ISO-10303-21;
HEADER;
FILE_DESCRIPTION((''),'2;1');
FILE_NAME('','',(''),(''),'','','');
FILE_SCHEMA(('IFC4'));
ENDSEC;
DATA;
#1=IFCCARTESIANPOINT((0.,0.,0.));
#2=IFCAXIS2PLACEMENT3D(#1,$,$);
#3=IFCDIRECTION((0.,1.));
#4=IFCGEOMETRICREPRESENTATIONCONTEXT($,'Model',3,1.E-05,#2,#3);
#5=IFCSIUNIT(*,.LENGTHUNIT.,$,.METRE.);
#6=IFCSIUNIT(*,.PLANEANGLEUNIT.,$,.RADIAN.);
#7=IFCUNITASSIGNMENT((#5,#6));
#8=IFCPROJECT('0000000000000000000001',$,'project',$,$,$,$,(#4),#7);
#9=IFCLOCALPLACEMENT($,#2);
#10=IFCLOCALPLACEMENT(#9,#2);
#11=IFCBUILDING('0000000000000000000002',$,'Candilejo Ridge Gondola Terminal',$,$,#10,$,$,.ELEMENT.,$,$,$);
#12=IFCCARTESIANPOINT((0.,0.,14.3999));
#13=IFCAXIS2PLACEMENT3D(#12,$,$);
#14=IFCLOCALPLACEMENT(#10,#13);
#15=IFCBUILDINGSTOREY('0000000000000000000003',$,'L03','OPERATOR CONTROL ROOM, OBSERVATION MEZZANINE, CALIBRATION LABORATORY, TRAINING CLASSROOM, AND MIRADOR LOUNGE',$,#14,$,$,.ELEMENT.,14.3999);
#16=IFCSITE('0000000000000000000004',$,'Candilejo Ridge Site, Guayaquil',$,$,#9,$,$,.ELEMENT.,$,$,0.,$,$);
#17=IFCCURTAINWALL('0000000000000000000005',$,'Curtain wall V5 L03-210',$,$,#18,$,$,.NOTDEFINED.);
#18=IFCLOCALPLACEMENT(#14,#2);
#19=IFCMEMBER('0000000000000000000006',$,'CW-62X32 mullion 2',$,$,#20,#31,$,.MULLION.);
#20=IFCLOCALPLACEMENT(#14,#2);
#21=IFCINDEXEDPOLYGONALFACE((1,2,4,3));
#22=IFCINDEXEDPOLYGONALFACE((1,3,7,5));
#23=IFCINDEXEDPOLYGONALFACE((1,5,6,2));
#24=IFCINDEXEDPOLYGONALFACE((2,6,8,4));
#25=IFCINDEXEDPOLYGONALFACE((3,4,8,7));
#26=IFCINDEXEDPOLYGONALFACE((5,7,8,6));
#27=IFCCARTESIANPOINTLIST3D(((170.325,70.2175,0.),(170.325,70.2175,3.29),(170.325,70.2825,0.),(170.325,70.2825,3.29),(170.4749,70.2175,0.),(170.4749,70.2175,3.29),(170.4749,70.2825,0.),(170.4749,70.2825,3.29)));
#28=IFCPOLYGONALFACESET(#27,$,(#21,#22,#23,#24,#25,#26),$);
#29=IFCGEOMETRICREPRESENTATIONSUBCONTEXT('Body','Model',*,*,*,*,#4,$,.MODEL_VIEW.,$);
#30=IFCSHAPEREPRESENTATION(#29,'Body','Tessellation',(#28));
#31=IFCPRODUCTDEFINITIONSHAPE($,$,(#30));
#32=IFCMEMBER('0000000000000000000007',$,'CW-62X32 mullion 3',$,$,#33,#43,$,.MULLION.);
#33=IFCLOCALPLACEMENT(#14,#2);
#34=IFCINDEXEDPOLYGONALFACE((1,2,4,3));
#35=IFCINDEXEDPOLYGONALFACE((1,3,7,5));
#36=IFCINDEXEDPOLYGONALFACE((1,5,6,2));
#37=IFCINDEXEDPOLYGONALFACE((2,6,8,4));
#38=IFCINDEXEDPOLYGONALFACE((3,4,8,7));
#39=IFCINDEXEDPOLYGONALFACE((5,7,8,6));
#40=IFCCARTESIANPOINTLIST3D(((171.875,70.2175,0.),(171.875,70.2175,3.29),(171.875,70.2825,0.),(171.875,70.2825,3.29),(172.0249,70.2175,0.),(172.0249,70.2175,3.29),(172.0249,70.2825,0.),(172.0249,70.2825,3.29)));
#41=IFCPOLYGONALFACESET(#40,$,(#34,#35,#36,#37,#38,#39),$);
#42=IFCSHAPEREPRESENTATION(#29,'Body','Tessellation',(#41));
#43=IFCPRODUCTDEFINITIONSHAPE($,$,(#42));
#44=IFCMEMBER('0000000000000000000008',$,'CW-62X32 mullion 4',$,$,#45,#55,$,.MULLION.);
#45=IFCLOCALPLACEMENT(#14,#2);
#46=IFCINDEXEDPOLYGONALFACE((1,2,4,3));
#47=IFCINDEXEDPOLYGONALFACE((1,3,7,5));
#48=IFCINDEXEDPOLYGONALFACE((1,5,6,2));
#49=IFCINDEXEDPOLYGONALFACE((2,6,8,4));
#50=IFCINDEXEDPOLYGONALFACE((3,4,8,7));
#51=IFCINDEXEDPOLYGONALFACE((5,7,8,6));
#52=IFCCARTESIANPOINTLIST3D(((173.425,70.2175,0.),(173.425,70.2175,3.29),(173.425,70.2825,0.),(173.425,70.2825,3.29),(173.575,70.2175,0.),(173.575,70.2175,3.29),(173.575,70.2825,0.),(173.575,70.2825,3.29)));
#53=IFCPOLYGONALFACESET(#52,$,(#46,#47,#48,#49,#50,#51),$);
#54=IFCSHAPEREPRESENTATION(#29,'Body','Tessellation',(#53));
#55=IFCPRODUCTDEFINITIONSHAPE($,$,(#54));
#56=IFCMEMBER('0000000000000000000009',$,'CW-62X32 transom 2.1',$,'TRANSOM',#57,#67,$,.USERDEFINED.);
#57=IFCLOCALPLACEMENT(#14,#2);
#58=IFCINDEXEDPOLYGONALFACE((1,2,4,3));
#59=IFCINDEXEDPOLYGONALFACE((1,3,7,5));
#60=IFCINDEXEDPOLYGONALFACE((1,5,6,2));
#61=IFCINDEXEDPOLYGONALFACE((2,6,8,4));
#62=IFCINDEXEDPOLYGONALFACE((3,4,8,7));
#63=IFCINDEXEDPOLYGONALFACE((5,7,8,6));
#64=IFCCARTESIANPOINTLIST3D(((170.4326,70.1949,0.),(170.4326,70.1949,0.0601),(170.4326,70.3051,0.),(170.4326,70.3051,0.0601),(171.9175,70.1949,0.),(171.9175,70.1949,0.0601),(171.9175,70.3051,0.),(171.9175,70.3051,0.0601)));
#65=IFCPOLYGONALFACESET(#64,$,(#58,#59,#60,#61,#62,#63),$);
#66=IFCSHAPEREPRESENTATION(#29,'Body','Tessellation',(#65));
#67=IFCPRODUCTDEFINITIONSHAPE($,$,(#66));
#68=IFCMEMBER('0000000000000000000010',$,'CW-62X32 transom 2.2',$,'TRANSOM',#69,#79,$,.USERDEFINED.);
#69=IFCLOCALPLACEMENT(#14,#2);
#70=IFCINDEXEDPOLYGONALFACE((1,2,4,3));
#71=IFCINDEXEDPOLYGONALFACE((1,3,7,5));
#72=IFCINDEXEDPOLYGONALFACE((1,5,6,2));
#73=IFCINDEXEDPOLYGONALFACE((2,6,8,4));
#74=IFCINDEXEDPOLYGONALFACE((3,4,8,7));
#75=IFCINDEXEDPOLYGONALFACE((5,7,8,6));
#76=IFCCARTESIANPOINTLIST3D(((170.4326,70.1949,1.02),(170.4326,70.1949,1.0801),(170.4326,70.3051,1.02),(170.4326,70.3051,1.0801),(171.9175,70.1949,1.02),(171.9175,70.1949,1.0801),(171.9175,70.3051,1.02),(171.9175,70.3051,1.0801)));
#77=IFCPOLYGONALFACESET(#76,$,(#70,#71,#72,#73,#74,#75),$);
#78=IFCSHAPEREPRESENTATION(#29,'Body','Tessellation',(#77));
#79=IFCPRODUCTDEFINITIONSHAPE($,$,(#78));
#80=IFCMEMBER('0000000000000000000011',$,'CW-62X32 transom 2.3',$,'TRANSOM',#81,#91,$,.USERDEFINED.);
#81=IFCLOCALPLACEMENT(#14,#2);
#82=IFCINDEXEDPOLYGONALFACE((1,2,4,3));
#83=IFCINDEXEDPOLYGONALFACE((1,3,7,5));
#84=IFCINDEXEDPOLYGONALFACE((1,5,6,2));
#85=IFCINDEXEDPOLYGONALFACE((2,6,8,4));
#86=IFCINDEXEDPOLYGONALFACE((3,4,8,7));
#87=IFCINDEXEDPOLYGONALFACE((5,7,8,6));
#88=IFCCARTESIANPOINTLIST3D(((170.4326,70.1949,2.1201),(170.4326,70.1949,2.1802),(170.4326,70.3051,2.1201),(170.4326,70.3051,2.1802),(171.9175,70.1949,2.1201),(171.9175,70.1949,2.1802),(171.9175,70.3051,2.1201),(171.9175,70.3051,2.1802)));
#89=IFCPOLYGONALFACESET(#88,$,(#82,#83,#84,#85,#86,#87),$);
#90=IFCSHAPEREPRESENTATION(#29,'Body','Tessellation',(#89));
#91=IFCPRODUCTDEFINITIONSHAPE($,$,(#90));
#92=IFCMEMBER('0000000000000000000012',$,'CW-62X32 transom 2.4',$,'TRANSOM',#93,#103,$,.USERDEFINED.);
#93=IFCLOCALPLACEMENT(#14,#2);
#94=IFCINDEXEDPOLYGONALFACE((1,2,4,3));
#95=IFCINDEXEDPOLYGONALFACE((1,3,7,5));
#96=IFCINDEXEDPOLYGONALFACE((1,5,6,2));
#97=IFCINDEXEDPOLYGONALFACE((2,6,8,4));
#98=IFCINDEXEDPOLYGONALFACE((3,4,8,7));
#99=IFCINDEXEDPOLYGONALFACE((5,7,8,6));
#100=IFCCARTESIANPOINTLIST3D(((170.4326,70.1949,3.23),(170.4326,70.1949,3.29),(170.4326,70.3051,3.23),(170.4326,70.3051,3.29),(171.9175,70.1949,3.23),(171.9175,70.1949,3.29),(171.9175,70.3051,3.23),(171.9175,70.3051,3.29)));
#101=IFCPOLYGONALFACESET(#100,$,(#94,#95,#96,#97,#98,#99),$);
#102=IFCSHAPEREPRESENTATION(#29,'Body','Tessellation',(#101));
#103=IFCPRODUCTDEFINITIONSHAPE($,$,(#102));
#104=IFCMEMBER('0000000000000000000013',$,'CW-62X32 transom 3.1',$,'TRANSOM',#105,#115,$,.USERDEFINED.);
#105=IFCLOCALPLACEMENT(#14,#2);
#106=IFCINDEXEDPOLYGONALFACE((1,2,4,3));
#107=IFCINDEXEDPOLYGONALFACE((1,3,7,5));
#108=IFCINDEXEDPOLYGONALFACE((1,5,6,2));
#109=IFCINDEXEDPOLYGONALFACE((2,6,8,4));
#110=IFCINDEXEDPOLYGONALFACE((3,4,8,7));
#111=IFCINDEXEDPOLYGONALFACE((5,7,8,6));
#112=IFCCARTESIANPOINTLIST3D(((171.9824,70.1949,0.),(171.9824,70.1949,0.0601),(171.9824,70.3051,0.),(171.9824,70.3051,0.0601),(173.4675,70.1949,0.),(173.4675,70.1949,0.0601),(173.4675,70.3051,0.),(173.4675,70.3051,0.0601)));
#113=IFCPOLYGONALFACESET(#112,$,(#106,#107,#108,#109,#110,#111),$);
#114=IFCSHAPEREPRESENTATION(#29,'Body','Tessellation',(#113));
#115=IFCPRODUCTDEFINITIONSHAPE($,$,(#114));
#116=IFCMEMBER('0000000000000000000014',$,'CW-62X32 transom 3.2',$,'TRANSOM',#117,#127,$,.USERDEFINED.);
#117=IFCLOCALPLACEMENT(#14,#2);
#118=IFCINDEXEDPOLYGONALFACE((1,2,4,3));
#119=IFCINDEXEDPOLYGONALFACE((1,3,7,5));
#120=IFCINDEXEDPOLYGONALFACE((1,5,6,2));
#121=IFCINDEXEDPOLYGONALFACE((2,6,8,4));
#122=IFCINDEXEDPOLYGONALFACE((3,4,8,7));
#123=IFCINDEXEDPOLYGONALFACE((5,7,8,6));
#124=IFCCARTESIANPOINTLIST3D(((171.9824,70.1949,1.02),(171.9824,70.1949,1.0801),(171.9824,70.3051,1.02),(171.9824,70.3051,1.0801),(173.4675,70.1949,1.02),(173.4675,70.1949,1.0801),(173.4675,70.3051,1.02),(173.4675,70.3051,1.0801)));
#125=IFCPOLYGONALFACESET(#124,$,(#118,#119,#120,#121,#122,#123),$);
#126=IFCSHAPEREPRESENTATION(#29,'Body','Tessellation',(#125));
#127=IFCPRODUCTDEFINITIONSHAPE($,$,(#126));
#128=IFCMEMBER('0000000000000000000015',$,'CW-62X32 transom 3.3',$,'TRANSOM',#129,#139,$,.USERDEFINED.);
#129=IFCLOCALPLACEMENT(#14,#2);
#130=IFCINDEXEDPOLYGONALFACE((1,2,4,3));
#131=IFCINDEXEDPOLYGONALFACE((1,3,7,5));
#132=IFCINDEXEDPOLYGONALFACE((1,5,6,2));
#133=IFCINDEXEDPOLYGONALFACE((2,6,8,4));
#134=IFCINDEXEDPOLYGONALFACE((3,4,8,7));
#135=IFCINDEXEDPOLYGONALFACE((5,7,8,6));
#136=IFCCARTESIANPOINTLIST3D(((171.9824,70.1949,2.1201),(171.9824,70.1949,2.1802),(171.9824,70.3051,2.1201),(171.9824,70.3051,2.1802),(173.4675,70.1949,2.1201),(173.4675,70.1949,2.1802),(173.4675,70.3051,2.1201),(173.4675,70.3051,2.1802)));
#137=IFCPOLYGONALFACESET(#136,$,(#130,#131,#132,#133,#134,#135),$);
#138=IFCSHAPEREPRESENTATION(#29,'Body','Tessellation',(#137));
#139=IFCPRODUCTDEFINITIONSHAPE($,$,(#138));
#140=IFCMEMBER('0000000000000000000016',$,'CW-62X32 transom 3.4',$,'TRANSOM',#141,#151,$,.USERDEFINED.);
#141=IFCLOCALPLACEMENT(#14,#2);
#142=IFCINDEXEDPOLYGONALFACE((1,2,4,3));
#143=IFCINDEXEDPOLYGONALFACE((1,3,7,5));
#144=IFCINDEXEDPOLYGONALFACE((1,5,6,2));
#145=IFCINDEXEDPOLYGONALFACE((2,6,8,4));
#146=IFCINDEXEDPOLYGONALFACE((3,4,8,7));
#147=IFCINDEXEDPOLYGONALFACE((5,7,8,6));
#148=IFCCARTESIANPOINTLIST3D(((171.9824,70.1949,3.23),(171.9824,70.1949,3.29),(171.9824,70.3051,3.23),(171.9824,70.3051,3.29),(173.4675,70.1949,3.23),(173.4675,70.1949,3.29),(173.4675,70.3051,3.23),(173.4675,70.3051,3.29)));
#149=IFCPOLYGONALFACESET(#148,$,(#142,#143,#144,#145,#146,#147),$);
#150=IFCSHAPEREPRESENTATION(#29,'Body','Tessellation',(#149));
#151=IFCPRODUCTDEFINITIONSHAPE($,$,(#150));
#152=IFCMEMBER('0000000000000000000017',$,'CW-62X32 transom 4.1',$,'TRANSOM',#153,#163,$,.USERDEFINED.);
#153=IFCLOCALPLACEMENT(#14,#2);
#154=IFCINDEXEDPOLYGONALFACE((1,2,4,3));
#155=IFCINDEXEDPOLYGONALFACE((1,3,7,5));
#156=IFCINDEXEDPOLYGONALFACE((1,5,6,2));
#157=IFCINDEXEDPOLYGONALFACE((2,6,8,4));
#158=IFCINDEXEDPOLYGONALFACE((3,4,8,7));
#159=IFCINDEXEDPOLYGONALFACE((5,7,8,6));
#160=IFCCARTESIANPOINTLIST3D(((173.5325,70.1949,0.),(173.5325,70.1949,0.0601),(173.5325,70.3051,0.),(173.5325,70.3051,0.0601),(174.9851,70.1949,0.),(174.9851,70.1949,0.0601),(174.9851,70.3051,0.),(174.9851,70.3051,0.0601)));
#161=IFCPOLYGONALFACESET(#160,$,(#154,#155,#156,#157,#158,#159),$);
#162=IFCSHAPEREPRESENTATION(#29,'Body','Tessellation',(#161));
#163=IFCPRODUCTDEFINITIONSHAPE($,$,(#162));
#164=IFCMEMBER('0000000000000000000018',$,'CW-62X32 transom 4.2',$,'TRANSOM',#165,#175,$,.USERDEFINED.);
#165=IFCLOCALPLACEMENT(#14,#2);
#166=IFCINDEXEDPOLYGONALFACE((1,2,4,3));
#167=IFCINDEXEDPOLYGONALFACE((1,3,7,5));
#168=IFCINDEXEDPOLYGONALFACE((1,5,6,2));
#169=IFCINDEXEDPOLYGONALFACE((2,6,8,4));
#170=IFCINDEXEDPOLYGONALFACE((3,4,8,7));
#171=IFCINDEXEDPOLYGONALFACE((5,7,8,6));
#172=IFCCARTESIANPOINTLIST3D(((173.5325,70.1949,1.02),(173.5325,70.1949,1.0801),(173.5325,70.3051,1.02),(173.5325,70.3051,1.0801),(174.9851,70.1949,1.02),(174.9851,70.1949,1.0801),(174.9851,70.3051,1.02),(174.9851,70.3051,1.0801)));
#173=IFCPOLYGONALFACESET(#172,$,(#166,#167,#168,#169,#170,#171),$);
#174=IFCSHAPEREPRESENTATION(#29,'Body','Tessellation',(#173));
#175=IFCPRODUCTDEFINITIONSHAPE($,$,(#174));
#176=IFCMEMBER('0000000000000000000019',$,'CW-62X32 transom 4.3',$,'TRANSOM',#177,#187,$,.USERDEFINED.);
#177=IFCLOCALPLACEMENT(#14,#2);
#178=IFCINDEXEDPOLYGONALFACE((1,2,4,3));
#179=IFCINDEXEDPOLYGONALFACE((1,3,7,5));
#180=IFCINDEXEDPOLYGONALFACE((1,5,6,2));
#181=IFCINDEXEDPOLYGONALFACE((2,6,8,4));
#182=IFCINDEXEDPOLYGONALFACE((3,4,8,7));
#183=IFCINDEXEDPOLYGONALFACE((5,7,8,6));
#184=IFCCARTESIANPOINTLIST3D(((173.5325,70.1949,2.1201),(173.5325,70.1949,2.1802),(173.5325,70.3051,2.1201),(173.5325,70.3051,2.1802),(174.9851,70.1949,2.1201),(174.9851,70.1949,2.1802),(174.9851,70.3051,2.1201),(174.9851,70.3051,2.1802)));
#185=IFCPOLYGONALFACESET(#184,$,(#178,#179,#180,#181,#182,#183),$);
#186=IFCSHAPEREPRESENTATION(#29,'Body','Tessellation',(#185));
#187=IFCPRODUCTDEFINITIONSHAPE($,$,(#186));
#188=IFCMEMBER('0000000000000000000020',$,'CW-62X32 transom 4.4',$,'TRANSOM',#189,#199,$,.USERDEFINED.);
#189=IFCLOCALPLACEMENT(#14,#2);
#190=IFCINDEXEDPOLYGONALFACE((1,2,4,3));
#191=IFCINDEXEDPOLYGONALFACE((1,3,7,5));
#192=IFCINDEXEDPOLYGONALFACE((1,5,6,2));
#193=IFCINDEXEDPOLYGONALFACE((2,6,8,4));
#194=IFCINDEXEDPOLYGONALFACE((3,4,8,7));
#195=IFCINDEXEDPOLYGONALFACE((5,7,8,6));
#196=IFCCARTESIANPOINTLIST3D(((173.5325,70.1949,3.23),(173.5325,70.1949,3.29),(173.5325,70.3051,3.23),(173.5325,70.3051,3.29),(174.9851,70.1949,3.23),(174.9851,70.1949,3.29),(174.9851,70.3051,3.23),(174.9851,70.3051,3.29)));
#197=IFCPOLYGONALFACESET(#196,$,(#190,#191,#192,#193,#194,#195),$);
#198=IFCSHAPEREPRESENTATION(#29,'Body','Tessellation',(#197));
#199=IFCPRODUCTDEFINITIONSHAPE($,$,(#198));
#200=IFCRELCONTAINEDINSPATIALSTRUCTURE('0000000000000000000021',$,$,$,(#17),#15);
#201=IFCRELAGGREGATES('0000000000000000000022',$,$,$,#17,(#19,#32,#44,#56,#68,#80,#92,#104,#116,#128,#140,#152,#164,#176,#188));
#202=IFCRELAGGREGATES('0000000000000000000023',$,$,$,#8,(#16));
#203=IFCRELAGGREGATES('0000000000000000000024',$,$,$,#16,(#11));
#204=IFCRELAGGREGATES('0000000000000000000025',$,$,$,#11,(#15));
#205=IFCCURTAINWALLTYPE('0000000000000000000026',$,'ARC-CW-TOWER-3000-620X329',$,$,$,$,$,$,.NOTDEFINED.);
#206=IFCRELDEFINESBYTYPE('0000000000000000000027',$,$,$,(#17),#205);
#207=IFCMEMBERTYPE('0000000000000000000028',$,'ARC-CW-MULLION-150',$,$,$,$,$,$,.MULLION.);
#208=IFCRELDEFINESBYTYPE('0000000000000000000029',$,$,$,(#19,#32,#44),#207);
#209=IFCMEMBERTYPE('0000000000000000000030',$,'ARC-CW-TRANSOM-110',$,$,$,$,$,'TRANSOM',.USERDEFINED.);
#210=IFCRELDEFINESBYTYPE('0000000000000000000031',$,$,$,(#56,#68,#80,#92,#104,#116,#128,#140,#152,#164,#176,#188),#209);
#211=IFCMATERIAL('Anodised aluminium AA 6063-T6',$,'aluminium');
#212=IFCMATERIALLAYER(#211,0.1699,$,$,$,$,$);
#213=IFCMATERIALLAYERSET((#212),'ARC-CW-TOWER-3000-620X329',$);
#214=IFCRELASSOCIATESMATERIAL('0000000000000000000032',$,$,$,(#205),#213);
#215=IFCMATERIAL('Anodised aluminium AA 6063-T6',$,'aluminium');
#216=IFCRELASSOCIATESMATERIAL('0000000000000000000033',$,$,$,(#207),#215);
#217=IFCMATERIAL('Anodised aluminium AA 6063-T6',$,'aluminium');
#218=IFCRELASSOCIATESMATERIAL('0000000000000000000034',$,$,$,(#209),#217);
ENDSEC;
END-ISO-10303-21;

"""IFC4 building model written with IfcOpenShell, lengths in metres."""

from ifc_helpers import new_model, si_unit, direction, frame, origin, origin_2d, place, context, subcontext, project, spatial, rectangle, extrude, material, layer, layer_set, material_profile, profile_set, type_object, element, aggregate, save


model = new_model("IFC4")

# Units and contexts
model_context = context("Model", 3, precision=1e-05, world=origin(), true_north=direction((0.0, 1.0)))
body_context = subcontext(model_context, "Body", "Model", "MODEL_VIEW")
ifc_project = project(units=[si_unit("LENGTHUNIT", "METRE"), si_unit("PLANEANGLEUNIT", "RADIAN")], contexts=[model_context])

# Site, building, storey
site_placement = place(None, origin())
site = spatial("IfcSite", under=ifc_project, at=site_placement, Name="Candilejo Ridge Site, Guayaquil", CompositionType="ELEMENT", RefElevation=0.0)
building_placement = place(site_placement, origin())
building = spatial("IfcBuilding", under=site, at=building_placement, Name="Candilejo Ridge Gondola Terminal", CompositionType="ELEMENT")
storey_placement = place(building_placement, frame((0.0, 0.0, 14.3999)))
storey = spatial("IfcBuildingStorey", under=building, at=storey_placement, Name="L03", Description="OPERATOR CONTROL ROOM, OBSERVATION MEZZANINE, CALIBRATION LABORATORY, TRAINING CLASSROOM, AND MIRADOR LOUNGE", CompositionType="ELEMENT", Elevation=14.3999)

# Curtain wall, members
ifc_material_1 = material(Name="Anodised aluminium AA 6063-T6", Category="aluminium")
ifc_layer_1 = layer(ifc_material_1, 0.1699)
ifc_layer_set_1 = layer_set([ifc_layer_1], Name="ARC-CW-TOWER-3000-620X329")
curtain_wall_type = type_object("IfcCurtainWallType", Name="ARC-CW-TOWER-3000-620X329", PredefinedType="NOTDEFINED", material=ifc_layer_set_1)
curtain_wall_placement = place(storey_placement, origin())
curtain_wall = element("IfcCurtainWall", 1, at=curtain_wall_placement, inside=storey, type_object=curtain_wall_type, Name="Curtain wall V5 L03-210", PredefinedType="NOTDEFINED")
ifc_material_2 = material(Name="Anodised aluminium AA 6063-T6", Category="aluminium")
ifc_material_profile_1 = material_profile(ifc_material_2, rectangle(XDim=0.0649, YDim=0.1499, at=origin_2d()))
ifc_profile_set_1 = profile_set([ifc_material_profile_1], Name="Anodised aluminium AA 6063-T6")
member_type_1 = type_object("IfcMemberType", Name="ARC-CW-MULLION-150", PredefinedType="MULLION", material=ifc_profile_set_1)
member_1_placement = place(storey_placement, frame((170.3999, 70.25, 0.0), z_axis=(0.0, 0.0, 1.0), x_axis=(0.0, 1.0, 0.0)))
member_1 = element("IfcMember", 2, at=member_1_placement, type_object=member_type_1, Name="CW-62X32 mullion 2", PredefinedType="MULLION", context=body_context, shape_type="SweptSolid", body=[
    extrude(rectangle(XDim=0.0649, YDim=0.1499, at=origin_2d()), origin(), (0.0, 0.0, 1.0), 3.29),
])
member_2_placement = place(storey_placement, frame((171.95, 70.25, 0.0), z_axis=(0.0, 0.0, 1.0), x_axis=(0.0, 1.0, 0.0)))
member_2 = element("IfcMember", 3, at=member_2_placement, type_object=member_type_1, Name="CW-62X32 mullion 3", PredefinedType="MULLION", context=body_context, shape_type="SweptSolid", body=[
    extrude(rectangle(XDim=0.0649, YDim=0.1499, at=origin_2d()), origin(), (0.0, 0.0, 1.0), 3.29),
])
member_3_placement = place(storey_placement, frame((173.5, 70.25, 0.0), z_axis=(0.0, 0.0, 1.0), x_axis=(0.0, 1.0, 0.0)))
member_3 = element("IfcMember", 4, at=member_3_placement, type_object=member_type_1, Name="CW-62X32 mullion 4", PredefinedType="MULLION", context=body_context, shape_type="SweptSolid", body=[
    extrude(rectangle(XDim=0.0649, YDim=0.1499, at=origin_2d()), origin(), (0.0, 0.0, 1.0), 3.29),
])
ifc_material_3 = material(Name="Anodised aluminium AA 6063-T6", Category="aluminium")
ifc_material_profile_2 = material_profile(ifc_material_3, rectangle(XDim=0.1101, YDim=0.0601, at=origin_2d()))
ifc_profile_set_2 = profile_set([ifc_material_profile_2], Name="Anodised aluminium AA 6063-T6")
member_type_2 = type_object("IfcMemberType", Name="ARC-CW-TRANSOM-110", ElementType="TRANSOM", PredefinedType="USERDEFINED", material=ifc_profile_set_2)
member_4_placement = place(storey_placement, frame((170.4326, 70.25, 0.03), z_axis=(1.0, 0.0, 0.0), x_axis=(0.0, 1.0, 0.0)))
member_4 = element("IfcMember", 5, at=member_4_placement, type_object=member_type_2, Name="CW-62X32 transom 2.1", ObjectType="TRANSOM", PredefinedType="USERDEFINED", context=body_context, shape_type="SweptSolid", body=[
    extrude(rectangle(XDim=0.1101, YDim=0.0601, at=origin_2d()), origin(), (0.0, 0.0, 1.0), 1.4849),
])
member_5_placement = place(storey_placement, frame((170.4326, 70.25, 1.05), z_axis=(1.0, 0.0, 0.0), x_axis=(0.0, 1.0, 0.0)))
member_5 = element("IfcMember", 6, at=member_5_placement, type_object=member_type_2, Name="CW-62X32 transom 2.2", ObjectType="TRANSOM", PredefinedType="USERDEFINED", context=body_context, shape_type="SweptSolid", body=[
    extrude(rectangle(XDim=0.1101, YDim=0.0601, at=origin_2d()), origin(), (0.0, 0.0, 1.0), 1.4849),
])
member_6_placement = place(storey_placement, frame((170.4326, 70.25, 2.1501), z_axis=(1.0, 0.0, 0.0), x_axis=(0.0, 1.0, 0.0)))
member_6 = element("IfcMember", 7, at=member_6_placement, type_object=member_type_2, Name="CW-62X32 transom 2.3", ObjectType="TRANSOM", PredefinedType="USERDEFINED", context=body_context, shape_type="SweptSolid", body=[
    extrude(rectangle(XDim=0.1101, YDim=0.0601, at=origin_2d()), origin(), (0.0, 0.0, 1.0), 1.4849),
])
member_7_placement = place(storey_placement, frame((170.4326, 70.25, 3.26), z_axis=(1.0, 0.0, 0.0), x_axis=(0.0, 1.0, 0.0)))
member_7 = element("IfcMember", 8, at=member_7_placement, type_object=member_type_2, Name="CW-62X32 transom 2.4", ObjectType="TRANSOM", PredefinedType="USERDEFINED", context=body_context, shape_type="SweptSolid", body=[
    extrude(rectangle(XDim=0.1101, YDim=0.0601, at=origin_2d()), origin(), (0.0, 0.0, 1.0), 1.4849),
])
member_8_placement = place(storey_placement, frame((171.9824, 70.25, 0.03), z_axis=(1.0, 0.0, 0.0), x_axis=(0.0, 1.0, 0.0)))
member_8 = element("IfcMember", 9, at=member_8_placement, type_object=member_type_2, Name="CW-62X32 transom 3.1", ObjectType="TRANSOM", PredefinedType="USERDEFINED", context=body_context, shape_type="SweptSolid", body=[
    extrude(rectangle(XDim=0.1101, YDim=0.0601, at=origin_2d()), origin(), (0.0, 0.0, 1.0), 1.4851),
])
member_9_placement = place(storey_placement, frame((171.9824, 70.25, 1.05), z_axis=(1.0, 0.0, 0.0), x_axis=(0.0, 1.0, 0.0)))
member_9 = element("IfcMember", 10, at=member_9_placement, type_object=member_type_2, Name="CW-62X32 transom 3.2", ObjectType="TRANSOM", PredefinedType="USERDEFINED", context=body_context, shape_type="SweptSolid", body=[
    extrude(rectangle(XDim=0.1101, YDim=0.0601, at=origin_2d()), origin(), (0.0, 0.0, 1.0), 1.4851),
])
member_10_placement = place(storey_placement, frame((171.9824, 70.25, 2.1501), z_axis=(1.0, 0.0, 0.0), x_axis=(0.0, 1.0, 0.0)))
member_10 = element("IfcMember", 11, at=member_10_placement, type_object=member_type_2, Name="CW-62X32 transom 3.3", ObjectType="TRANSOM", PredefinedType="USERDEFINED", context=body_context, shape_type="SweptSolid", body=[
    extrude(rectangle(XDim=0.1101, YDim=0.0601, at=origin_2d()), origin(), (0.0, 0.0, 1.0), 1.4851),
])
member_11_placement = place(storey_placement, frame((171.9824, 70.25, 3.26), z_axis=(1.0, 0.0, 0.0), x_axis=(0.0, 1.0, 0.0)))
member_11 = element("IfcMember", 12, at=member_11_placement, type_object=member_type_2, Name="CW-62X32 transom 3.4", ObjectType="TRANSOM", PredefinedType="USERDEFINED", context=body_context, shape_type="SweptSolid", body=[
    extrude(rectangle(XDim=0.1101, YDim=0.0601, at=origin_2d()), origin(), (0.0, 0.0, 1.0), 1.4851),
])
member_12_placement = place(storey_placement, frame((173.5325, 70.25, 0.03), z_axis=(1.0, 0.0, 0.0), x_axis=(0.0, 1.0, 0.0)))
member_12 = element("IfcMember", 13, at=member_12_placement, type_object=member_type_2, Name="CW-62X32 transom 4.1", ObjectType="TRANSOM", PredefinedType="USERDEFINED", context=body_context, shape_type="SweptSolid", body=[
    extrude(rectangle(XDim=0.1101, YDim=0.0601, at=origin_2d()), origin(), (0.0, 0.0, 1.0), 1.4526),
])
member_13_placement = place(storey_placement, frame((173.5325, 70.25, 1.05), z_axis=(1.0, 0.0, 0.0), x_axis=(0.0, 1.0, 0.0)))
member_13 = element("IfcMember", 14, at=member_13_placement, type_object=member_type_2, Name="CW-62X32 transom 4.2", ObjectType="TRANSOM", PredefinedType="USERDEFINED", context=body_context, shape_type="SweptSolid", body=[
    extrude(rectangle(XDim=0.1101, YDim=0.0601, at=origin_2d()), origin(), (0.0, 0.0, 1.0), 1.4526),
])
member_14_placement = place(storey_placement, frame((173.5325, 70.25, 2.1501), z_axis=(1.0, 0.0, 0.0), x_axis=(0.0, 1.0, 0.0)))
member_14 = element("IfcMember", 15, at=member_14_placement, type_object=member_type_2, Name="CW-62X32 transom 4.3", ObjectType="TRANSOM", PredefinedType="USERDEFINED", context=body_context, shape_type="SweptSolid", body=[
    extrude(rectangle(XDim=0.1101, YDim=0.0601, at=origin_2d()), origin(), (0.0, 0.0, 1.0), 1.4526),
])
member_15_placement = place(storey_placement, frame((173.5325, 70.25, 3.26), z_axis=(1.0, 0.0, 0.0), x_axis=(0.0, 1.0, 0.0)))
member_15 = element("IfcMember", 16, at=member_15_placement, type_object=member_type_2, Name="CW-62X32 transom 4.4", ObjectType="TRANSOM", PredefinedType="USERDEFINED", context=body_context, shape_type="SweptSolid", body=[
    extrude(rectangle(XDim=0.1101, YDim=0.0601, at=origin_2d()), origin(), (0.0, 0.0, 1.0), 1.4526),
])
aggregate(curtain_wall, [member_1, member_2, member_3, member_4, member_5, member_6, member_7, member_8, member_9, member_10, member_11, member_12, member_13, member_14, member_15])

save(model, "model.ifc")
